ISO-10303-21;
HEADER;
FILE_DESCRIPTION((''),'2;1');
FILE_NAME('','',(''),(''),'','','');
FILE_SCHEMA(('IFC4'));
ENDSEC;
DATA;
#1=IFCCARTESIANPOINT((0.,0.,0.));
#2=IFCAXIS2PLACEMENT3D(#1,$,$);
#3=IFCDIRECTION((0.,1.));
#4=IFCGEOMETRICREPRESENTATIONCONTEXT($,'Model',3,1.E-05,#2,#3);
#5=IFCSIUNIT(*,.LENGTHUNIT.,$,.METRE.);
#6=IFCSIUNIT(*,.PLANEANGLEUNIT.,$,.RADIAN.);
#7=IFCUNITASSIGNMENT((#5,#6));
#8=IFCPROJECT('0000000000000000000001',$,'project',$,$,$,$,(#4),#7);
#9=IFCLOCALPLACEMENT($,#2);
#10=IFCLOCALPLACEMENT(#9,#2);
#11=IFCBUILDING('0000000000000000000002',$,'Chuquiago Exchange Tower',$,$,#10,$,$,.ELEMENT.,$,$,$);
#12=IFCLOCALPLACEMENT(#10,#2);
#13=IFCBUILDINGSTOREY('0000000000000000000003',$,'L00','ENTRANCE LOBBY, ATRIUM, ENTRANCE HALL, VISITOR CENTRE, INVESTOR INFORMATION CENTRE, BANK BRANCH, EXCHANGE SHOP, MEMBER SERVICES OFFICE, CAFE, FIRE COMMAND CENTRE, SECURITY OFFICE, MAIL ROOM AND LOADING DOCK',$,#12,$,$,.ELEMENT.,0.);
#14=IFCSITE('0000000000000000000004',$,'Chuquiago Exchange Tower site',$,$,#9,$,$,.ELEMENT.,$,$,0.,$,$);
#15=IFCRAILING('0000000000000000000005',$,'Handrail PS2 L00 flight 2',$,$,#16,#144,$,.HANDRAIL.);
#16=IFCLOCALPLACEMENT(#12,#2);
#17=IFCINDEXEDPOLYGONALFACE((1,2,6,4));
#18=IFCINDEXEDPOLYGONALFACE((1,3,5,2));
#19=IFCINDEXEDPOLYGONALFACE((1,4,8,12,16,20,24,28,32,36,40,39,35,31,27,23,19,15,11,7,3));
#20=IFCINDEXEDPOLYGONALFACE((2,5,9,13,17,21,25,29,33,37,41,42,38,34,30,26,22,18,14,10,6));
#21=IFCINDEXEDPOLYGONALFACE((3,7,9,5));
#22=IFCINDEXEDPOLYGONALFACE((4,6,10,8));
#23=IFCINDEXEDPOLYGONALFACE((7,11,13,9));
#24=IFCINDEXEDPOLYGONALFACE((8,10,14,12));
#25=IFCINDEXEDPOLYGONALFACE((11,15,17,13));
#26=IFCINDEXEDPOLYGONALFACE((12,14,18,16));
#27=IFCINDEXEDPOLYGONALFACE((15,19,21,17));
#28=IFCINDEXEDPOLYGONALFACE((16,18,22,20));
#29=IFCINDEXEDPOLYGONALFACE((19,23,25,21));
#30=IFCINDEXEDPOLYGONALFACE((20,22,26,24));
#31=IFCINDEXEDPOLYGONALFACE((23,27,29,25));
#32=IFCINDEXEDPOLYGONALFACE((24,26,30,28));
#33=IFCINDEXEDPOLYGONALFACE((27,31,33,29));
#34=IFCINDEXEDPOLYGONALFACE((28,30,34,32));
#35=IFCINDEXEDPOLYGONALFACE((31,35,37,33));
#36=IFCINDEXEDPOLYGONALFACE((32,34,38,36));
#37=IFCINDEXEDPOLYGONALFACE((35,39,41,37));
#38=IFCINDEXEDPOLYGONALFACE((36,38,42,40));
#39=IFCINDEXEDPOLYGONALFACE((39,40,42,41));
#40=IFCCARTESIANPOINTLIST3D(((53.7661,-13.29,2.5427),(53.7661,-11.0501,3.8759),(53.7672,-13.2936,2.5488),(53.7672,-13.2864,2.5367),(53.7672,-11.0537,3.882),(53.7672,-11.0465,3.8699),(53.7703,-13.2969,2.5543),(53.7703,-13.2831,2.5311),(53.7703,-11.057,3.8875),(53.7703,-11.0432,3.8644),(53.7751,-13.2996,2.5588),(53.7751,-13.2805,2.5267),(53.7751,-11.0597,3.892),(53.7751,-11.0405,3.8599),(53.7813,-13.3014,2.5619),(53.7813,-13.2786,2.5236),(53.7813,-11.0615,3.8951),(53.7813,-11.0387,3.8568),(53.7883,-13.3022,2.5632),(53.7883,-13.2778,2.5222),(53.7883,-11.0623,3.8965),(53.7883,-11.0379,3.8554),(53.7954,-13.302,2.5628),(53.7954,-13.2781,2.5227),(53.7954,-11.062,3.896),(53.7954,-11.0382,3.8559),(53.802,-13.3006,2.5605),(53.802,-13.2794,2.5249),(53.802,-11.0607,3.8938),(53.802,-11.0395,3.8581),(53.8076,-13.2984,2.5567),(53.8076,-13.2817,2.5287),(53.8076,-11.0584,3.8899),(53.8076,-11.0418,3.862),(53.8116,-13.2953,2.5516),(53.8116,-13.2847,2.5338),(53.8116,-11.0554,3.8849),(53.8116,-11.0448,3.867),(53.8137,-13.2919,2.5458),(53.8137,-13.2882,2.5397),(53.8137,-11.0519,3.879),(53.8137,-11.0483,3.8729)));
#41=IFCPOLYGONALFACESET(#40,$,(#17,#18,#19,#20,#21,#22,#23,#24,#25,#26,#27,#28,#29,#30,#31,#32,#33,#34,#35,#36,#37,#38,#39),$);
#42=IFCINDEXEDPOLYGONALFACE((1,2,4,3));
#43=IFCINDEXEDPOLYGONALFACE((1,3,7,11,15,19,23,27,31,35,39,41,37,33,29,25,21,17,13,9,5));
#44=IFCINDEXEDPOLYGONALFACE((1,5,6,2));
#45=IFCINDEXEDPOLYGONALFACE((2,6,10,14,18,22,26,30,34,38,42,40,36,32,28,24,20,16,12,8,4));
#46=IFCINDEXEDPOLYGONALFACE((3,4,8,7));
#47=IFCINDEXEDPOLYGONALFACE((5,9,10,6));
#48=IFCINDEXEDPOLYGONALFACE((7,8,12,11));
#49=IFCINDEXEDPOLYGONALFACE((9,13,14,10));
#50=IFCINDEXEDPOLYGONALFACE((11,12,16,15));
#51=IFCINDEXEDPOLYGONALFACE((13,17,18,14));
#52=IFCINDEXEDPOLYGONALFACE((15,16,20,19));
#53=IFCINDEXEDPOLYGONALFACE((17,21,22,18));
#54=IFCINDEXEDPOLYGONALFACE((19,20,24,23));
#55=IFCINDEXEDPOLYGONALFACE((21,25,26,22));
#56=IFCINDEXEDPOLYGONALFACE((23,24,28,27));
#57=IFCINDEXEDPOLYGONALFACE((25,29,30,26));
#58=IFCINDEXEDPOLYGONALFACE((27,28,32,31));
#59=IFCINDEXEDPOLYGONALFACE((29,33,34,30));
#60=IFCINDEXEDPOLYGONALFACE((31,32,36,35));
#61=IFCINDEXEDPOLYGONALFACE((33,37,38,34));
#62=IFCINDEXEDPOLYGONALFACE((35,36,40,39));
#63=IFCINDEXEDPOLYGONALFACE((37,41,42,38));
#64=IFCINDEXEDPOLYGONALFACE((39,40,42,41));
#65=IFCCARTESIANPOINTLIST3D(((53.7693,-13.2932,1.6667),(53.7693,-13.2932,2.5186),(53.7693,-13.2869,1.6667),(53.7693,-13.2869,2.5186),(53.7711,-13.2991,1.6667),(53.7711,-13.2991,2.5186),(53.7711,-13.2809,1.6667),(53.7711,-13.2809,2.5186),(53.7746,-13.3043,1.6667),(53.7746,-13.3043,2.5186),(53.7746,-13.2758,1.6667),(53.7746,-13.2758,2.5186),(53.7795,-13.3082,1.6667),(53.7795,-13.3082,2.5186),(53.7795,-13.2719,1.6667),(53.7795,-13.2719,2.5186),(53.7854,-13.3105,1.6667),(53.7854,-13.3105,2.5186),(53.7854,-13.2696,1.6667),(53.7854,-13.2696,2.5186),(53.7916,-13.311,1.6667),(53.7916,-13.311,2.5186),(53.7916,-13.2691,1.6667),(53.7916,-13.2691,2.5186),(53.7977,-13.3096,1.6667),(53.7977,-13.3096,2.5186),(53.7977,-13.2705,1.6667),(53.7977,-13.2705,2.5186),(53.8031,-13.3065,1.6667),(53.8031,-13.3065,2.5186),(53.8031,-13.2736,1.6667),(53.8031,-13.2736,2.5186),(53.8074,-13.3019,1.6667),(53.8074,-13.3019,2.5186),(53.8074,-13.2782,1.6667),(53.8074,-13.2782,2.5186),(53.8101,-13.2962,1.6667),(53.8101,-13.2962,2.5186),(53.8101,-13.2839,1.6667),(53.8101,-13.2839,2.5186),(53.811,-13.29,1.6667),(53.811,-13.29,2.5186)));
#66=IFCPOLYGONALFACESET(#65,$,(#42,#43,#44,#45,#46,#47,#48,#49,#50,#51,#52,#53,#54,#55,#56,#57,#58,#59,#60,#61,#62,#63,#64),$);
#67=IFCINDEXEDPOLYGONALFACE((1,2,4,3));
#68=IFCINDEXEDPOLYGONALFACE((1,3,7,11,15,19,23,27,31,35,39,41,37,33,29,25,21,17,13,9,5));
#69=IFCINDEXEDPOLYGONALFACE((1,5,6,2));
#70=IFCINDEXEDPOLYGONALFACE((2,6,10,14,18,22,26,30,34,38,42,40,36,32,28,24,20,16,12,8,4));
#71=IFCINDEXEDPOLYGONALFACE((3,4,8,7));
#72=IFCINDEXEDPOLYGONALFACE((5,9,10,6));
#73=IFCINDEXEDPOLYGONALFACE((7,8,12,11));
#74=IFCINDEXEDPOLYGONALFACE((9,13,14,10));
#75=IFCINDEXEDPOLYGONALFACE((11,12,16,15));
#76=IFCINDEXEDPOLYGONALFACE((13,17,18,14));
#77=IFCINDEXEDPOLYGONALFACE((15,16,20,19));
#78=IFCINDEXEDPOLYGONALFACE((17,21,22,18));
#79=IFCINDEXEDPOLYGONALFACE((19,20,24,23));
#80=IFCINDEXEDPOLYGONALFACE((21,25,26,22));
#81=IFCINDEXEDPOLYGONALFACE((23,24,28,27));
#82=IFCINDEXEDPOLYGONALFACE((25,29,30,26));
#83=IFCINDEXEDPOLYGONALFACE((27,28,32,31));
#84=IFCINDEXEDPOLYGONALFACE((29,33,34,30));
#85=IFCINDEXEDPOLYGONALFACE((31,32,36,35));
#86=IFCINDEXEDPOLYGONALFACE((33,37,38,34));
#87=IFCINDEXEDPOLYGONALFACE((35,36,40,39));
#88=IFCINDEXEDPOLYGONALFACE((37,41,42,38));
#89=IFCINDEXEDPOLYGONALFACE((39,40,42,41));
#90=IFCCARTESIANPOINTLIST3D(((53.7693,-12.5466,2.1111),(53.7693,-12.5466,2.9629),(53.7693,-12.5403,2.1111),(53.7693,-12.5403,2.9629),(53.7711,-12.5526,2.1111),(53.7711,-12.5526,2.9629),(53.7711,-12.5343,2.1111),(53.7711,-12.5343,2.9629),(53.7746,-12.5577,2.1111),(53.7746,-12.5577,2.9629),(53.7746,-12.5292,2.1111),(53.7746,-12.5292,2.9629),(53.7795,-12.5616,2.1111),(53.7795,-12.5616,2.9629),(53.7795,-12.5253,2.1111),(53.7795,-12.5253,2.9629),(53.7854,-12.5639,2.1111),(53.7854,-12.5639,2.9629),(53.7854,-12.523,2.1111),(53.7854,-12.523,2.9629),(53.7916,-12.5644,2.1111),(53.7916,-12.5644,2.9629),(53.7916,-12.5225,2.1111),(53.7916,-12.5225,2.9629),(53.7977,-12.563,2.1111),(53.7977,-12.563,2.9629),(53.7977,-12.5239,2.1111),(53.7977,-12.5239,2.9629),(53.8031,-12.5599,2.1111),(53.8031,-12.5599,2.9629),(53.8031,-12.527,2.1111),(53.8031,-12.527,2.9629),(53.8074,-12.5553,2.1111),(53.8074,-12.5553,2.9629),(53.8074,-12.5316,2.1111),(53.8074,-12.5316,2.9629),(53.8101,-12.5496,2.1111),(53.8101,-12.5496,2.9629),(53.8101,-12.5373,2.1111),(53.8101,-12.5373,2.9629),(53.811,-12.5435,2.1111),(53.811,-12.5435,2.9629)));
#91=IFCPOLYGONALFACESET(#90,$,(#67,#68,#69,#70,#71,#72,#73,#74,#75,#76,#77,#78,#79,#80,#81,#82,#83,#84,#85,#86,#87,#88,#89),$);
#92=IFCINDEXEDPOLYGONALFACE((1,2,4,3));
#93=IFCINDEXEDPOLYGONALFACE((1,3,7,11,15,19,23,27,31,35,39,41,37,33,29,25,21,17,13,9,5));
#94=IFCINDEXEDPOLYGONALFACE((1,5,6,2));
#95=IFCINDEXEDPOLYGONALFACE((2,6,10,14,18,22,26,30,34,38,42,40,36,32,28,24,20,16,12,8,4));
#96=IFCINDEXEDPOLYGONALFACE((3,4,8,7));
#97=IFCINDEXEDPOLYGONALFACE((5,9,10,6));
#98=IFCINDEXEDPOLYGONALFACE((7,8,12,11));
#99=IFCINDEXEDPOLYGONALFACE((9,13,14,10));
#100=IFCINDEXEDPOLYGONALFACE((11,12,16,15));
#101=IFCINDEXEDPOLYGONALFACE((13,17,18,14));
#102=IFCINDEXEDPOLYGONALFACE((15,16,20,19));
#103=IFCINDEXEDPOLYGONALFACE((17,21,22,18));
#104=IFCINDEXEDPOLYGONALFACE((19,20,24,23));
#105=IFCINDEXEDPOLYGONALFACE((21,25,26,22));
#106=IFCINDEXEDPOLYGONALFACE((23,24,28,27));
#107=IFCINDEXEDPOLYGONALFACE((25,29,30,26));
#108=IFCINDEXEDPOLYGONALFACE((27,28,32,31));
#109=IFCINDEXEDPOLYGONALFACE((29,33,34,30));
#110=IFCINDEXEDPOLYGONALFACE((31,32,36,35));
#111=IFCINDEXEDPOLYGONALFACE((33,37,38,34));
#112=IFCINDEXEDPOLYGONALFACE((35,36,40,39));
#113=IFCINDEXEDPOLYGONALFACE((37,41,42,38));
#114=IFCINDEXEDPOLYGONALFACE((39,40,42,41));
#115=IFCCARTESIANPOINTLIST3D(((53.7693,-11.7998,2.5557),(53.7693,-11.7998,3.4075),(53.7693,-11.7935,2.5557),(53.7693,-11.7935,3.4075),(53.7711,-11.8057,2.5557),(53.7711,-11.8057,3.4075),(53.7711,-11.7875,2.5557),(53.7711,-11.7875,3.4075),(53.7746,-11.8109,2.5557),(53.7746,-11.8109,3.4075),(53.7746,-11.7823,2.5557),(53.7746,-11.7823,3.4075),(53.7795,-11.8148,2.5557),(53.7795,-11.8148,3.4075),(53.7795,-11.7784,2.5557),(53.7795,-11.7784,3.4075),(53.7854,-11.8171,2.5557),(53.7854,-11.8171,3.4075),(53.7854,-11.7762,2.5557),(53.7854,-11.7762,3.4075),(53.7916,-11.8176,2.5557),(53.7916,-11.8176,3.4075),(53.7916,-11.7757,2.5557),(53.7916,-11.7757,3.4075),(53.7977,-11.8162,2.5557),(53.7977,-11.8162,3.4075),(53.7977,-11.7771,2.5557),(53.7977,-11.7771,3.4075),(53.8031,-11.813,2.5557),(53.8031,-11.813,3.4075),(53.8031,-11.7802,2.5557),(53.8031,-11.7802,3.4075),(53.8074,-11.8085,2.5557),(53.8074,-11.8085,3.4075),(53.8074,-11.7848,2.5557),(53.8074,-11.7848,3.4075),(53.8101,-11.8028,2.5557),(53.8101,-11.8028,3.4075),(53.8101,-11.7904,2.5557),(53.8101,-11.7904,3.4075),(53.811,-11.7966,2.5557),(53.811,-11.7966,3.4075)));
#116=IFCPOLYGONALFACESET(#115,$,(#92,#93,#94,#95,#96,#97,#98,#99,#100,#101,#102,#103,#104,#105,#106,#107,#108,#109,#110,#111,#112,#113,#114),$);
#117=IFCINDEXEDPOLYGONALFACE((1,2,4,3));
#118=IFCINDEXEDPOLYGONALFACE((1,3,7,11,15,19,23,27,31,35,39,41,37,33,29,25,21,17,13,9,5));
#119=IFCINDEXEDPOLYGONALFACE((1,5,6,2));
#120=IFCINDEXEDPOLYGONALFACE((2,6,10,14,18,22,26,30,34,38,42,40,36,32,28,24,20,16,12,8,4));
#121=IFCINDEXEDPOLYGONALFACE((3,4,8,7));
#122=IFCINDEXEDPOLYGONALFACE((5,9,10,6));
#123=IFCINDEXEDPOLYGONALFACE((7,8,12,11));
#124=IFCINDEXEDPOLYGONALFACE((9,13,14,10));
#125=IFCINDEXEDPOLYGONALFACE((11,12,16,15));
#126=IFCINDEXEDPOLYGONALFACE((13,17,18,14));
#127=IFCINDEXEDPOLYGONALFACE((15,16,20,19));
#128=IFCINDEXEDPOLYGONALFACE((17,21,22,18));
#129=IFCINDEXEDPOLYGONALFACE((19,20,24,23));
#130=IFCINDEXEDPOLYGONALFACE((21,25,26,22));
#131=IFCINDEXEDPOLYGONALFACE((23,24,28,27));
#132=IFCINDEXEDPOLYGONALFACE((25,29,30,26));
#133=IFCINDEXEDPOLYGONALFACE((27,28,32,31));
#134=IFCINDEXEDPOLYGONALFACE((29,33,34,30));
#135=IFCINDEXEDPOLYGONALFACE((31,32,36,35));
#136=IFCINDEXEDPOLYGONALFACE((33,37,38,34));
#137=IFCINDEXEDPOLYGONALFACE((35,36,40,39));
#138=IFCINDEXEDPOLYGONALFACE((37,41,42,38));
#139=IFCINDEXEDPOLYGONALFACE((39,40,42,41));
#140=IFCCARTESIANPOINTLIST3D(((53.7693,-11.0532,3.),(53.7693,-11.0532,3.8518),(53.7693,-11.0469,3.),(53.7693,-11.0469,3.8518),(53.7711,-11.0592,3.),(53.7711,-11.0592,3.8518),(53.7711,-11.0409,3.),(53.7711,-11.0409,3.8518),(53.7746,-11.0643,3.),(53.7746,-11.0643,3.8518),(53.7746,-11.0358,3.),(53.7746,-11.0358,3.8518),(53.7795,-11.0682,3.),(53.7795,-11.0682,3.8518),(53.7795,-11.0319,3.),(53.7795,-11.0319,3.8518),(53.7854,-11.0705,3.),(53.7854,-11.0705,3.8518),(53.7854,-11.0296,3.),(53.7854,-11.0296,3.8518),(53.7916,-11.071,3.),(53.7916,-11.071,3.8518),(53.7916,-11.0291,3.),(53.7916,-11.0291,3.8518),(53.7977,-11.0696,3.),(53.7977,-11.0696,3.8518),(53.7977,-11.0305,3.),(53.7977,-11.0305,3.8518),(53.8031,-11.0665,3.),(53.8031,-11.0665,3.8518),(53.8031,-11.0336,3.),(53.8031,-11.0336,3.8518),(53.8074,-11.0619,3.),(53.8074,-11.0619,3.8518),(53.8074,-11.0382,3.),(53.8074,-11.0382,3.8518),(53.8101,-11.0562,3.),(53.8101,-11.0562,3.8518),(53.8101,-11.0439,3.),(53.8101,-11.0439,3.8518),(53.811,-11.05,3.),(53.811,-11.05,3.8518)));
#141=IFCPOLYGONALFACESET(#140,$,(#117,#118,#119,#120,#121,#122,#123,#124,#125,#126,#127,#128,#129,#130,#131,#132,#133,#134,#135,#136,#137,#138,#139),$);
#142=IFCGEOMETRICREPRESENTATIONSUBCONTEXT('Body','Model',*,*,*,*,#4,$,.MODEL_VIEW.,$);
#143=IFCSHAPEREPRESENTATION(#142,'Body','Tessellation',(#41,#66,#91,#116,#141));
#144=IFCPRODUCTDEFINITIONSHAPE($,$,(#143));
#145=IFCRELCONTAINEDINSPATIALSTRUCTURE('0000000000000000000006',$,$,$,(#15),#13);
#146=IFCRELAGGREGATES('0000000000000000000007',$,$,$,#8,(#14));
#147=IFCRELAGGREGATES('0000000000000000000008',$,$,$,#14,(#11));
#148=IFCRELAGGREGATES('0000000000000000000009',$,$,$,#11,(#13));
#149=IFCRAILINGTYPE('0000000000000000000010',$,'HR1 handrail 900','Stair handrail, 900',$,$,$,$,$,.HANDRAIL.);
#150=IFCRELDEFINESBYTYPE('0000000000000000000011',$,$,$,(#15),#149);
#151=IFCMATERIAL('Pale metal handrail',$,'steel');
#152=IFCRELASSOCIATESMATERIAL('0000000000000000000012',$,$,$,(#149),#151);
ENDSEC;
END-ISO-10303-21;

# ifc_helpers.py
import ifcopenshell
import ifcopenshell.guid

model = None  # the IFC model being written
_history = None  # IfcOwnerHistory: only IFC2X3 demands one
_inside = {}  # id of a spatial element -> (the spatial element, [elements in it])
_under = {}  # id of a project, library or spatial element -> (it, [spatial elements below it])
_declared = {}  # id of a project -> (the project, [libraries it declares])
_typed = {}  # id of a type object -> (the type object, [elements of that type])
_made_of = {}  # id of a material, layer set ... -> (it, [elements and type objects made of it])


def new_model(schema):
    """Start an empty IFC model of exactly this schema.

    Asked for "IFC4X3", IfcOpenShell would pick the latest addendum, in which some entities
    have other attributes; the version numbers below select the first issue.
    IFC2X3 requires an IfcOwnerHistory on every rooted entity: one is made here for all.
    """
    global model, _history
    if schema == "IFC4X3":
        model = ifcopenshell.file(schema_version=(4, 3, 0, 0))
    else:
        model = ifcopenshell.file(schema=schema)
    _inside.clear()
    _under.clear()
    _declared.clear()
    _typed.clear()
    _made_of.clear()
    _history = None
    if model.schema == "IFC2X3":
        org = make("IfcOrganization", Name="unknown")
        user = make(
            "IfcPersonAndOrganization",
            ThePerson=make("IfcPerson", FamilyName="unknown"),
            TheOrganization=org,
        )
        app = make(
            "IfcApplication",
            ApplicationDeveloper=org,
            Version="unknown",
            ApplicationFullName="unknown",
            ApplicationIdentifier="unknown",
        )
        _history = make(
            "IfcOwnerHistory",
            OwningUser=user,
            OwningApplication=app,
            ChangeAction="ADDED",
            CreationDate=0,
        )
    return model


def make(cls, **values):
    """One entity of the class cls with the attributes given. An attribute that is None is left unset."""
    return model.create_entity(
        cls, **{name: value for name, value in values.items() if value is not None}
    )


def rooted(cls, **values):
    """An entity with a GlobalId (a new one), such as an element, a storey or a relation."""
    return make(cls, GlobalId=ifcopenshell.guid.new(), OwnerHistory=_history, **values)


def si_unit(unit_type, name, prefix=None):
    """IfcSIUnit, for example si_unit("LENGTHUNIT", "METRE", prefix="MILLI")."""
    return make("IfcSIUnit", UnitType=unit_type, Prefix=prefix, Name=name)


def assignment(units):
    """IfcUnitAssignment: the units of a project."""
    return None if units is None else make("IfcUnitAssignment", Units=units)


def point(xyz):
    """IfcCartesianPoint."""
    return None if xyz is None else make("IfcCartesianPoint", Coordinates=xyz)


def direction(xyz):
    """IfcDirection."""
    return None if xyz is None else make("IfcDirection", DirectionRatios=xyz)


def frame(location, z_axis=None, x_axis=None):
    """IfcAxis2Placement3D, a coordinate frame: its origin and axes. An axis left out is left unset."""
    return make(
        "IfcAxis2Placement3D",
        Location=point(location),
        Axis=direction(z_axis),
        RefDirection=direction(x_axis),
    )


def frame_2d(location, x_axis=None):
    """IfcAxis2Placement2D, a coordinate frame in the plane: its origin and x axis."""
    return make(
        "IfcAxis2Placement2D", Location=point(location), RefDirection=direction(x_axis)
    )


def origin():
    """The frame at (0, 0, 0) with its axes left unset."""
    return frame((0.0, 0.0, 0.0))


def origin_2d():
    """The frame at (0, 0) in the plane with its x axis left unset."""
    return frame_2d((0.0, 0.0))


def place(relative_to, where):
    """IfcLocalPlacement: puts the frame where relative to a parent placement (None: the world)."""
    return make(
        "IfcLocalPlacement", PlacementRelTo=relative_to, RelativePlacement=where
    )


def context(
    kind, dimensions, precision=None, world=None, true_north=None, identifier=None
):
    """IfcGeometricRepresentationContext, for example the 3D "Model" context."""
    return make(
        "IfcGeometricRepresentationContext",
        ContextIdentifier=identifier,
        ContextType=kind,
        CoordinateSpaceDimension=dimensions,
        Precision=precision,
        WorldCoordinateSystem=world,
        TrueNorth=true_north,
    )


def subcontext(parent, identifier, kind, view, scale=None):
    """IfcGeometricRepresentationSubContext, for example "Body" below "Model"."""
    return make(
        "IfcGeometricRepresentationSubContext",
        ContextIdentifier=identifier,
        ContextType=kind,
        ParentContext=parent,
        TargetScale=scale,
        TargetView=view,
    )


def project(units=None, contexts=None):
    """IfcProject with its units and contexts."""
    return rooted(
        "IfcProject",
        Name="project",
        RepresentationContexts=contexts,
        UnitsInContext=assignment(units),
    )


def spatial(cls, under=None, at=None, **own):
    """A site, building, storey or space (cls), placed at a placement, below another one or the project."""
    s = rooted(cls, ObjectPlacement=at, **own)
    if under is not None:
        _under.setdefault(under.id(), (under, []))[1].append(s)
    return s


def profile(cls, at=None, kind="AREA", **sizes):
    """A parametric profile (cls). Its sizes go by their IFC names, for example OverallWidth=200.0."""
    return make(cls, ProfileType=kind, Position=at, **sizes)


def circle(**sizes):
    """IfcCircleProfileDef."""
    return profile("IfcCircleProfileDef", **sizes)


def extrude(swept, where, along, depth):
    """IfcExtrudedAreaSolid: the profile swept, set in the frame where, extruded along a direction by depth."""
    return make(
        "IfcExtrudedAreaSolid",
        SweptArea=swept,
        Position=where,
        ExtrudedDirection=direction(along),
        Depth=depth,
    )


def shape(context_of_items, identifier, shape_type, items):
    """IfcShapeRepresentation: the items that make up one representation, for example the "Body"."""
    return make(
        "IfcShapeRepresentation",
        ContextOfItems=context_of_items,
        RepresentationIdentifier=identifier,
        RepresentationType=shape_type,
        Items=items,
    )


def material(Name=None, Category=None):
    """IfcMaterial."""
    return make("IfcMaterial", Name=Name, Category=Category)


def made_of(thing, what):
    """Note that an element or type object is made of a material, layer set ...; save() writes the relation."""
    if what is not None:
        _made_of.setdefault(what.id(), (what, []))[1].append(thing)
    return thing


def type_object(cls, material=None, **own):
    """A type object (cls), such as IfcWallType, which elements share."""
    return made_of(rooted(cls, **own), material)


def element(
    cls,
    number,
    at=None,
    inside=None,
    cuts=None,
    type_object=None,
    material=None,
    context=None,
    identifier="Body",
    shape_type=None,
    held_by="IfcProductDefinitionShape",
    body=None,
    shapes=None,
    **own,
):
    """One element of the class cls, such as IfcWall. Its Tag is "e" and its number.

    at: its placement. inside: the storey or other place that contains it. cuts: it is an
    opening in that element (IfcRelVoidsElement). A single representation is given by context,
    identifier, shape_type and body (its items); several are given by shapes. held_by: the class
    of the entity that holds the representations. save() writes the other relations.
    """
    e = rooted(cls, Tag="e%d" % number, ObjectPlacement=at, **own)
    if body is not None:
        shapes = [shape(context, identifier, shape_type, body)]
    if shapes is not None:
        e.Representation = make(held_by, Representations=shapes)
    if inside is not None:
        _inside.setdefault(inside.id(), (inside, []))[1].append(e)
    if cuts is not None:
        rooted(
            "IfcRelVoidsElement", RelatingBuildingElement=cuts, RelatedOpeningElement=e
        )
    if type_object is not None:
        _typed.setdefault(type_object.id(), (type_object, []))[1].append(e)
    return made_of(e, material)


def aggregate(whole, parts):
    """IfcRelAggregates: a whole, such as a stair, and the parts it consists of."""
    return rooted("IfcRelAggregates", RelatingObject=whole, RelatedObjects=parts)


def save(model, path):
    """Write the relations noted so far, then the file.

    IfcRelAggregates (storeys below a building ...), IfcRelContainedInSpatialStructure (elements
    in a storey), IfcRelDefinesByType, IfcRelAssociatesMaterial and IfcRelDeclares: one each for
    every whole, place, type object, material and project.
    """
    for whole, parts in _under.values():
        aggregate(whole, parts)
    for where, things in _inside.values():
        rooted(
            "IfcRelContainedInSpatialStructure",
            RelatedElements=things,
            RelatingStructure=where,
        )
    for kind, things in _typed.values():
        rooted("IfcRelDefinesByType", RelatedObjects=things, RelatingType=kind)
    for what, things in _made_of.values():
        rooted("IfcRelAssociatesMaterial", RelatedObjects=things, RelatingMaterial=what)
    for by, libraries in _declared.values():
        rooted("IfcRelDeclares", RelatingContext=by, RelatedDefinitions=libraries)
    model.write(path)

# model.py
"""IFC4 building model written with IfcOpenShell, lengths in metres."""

from ifc_helpers import new_model, si_unit, direction, frame, origin, origin_2d, place, context, subcontext, project, spatial, circle, extrude, material, type_object, element, save


model = new_model("IFC4")

# Units and contexts
model_context = context("Model", 3, precision=1e-05, world=origin(), true_north=direction((0.0, 1.0)))
body_context = subcontext(model_context, "Body", "Model", "MODEL_VIEW")
ifc_project = project(units=[si_unit("LENGTHUNIT", "METRE"), si_unit("PLANEANGLEUNIT", "RADIAN")], contexts=[model_context])

# Site, building, storey
site_placement = place(None, origin())
site = spatial("IfcSite", under=ifc_project, at=site_placement, Name="Chuquiago Exchange Tower site", CompositionType="ELEMENT", RefElevation=0.0)
building_placement = place(site_placement, origin())
building = spatial("IfcBuilding", under=site, at=building_placement, Name="Chuquiago Exchange Tower", CompositionType="ELEMENT")
storey_placement = place(building_placement, origin())
storey = spatial("IfcBuildingStorey", under=building, at=storey_placement, Name="L00", Description="ENTRANCE LOBBY, ATRIUM, ENTRANCE HALL, VISITOR CENTRE, INVESTOR INFORMATION CENTRE, BANK BRANCH, EXCHANGE SHOP, MEMBER SERVICES OFFICE, CAFE, FIRE COMMAND CENTRE, SECURITY OFFICE, MAIL ROOM AND LOADING DOCK", CompositionType="ELEMENT", Elevation=0.0)

# Railing
ifc_material_1 = material(Name="Pale metal handrail", Category="steel")
railing_type = type_object("IfcRailingType", Name="HR1 handrail 900", Description="Stair handrail, 900", PredefinedType="HANDRAIL", material=ifc_material_1)
for number, where, name in (
    (1, (53.79, -13.29, 1.6667), "Handrail PS2 L00 flight 2"),
):
    element("IfcRailing", number, at=place(storey_placement, frame(where)), inside=storey, type_object=railing_type, Name=name, PredefinedType="HANDRAIL", context=body_context, shape_type="SweptSolid", body=[
        extrude(circle(Radius=0.0239, at=origin_2d()), frame((0.0, 0.0, 0.876), z_axis=(0.0, 0.859306, 0.511462), x_axis=(-1.0, 0.0, 0.0)), (0.0, 0.0, 1.0), 2.6067),
        extrude(circle(Radius=0.021, at=origin_2d()), origin(), (0.0, 0.0, 1.0), 0.8518),
        extrude(circle(Radius=0.021, at=origin_2d()), frame((0.0, 0.7466, 0.4443)), (0.0, 0.0, 1.0), 0.8518),
        extrude(circle(Radius=0.021, at=origin_2d()), frame((0.0, 1.4934, 0.8889)), (0.0, 0.0, 1.0), 0.8518),
        extrude(circle(Radius=0.021, at=origin_2d()), frame((0.0, 2.24, 1.3333)), (0.0, 0.0, 1.0), 0.8518),
    ])

save(model, "model.ifc")
